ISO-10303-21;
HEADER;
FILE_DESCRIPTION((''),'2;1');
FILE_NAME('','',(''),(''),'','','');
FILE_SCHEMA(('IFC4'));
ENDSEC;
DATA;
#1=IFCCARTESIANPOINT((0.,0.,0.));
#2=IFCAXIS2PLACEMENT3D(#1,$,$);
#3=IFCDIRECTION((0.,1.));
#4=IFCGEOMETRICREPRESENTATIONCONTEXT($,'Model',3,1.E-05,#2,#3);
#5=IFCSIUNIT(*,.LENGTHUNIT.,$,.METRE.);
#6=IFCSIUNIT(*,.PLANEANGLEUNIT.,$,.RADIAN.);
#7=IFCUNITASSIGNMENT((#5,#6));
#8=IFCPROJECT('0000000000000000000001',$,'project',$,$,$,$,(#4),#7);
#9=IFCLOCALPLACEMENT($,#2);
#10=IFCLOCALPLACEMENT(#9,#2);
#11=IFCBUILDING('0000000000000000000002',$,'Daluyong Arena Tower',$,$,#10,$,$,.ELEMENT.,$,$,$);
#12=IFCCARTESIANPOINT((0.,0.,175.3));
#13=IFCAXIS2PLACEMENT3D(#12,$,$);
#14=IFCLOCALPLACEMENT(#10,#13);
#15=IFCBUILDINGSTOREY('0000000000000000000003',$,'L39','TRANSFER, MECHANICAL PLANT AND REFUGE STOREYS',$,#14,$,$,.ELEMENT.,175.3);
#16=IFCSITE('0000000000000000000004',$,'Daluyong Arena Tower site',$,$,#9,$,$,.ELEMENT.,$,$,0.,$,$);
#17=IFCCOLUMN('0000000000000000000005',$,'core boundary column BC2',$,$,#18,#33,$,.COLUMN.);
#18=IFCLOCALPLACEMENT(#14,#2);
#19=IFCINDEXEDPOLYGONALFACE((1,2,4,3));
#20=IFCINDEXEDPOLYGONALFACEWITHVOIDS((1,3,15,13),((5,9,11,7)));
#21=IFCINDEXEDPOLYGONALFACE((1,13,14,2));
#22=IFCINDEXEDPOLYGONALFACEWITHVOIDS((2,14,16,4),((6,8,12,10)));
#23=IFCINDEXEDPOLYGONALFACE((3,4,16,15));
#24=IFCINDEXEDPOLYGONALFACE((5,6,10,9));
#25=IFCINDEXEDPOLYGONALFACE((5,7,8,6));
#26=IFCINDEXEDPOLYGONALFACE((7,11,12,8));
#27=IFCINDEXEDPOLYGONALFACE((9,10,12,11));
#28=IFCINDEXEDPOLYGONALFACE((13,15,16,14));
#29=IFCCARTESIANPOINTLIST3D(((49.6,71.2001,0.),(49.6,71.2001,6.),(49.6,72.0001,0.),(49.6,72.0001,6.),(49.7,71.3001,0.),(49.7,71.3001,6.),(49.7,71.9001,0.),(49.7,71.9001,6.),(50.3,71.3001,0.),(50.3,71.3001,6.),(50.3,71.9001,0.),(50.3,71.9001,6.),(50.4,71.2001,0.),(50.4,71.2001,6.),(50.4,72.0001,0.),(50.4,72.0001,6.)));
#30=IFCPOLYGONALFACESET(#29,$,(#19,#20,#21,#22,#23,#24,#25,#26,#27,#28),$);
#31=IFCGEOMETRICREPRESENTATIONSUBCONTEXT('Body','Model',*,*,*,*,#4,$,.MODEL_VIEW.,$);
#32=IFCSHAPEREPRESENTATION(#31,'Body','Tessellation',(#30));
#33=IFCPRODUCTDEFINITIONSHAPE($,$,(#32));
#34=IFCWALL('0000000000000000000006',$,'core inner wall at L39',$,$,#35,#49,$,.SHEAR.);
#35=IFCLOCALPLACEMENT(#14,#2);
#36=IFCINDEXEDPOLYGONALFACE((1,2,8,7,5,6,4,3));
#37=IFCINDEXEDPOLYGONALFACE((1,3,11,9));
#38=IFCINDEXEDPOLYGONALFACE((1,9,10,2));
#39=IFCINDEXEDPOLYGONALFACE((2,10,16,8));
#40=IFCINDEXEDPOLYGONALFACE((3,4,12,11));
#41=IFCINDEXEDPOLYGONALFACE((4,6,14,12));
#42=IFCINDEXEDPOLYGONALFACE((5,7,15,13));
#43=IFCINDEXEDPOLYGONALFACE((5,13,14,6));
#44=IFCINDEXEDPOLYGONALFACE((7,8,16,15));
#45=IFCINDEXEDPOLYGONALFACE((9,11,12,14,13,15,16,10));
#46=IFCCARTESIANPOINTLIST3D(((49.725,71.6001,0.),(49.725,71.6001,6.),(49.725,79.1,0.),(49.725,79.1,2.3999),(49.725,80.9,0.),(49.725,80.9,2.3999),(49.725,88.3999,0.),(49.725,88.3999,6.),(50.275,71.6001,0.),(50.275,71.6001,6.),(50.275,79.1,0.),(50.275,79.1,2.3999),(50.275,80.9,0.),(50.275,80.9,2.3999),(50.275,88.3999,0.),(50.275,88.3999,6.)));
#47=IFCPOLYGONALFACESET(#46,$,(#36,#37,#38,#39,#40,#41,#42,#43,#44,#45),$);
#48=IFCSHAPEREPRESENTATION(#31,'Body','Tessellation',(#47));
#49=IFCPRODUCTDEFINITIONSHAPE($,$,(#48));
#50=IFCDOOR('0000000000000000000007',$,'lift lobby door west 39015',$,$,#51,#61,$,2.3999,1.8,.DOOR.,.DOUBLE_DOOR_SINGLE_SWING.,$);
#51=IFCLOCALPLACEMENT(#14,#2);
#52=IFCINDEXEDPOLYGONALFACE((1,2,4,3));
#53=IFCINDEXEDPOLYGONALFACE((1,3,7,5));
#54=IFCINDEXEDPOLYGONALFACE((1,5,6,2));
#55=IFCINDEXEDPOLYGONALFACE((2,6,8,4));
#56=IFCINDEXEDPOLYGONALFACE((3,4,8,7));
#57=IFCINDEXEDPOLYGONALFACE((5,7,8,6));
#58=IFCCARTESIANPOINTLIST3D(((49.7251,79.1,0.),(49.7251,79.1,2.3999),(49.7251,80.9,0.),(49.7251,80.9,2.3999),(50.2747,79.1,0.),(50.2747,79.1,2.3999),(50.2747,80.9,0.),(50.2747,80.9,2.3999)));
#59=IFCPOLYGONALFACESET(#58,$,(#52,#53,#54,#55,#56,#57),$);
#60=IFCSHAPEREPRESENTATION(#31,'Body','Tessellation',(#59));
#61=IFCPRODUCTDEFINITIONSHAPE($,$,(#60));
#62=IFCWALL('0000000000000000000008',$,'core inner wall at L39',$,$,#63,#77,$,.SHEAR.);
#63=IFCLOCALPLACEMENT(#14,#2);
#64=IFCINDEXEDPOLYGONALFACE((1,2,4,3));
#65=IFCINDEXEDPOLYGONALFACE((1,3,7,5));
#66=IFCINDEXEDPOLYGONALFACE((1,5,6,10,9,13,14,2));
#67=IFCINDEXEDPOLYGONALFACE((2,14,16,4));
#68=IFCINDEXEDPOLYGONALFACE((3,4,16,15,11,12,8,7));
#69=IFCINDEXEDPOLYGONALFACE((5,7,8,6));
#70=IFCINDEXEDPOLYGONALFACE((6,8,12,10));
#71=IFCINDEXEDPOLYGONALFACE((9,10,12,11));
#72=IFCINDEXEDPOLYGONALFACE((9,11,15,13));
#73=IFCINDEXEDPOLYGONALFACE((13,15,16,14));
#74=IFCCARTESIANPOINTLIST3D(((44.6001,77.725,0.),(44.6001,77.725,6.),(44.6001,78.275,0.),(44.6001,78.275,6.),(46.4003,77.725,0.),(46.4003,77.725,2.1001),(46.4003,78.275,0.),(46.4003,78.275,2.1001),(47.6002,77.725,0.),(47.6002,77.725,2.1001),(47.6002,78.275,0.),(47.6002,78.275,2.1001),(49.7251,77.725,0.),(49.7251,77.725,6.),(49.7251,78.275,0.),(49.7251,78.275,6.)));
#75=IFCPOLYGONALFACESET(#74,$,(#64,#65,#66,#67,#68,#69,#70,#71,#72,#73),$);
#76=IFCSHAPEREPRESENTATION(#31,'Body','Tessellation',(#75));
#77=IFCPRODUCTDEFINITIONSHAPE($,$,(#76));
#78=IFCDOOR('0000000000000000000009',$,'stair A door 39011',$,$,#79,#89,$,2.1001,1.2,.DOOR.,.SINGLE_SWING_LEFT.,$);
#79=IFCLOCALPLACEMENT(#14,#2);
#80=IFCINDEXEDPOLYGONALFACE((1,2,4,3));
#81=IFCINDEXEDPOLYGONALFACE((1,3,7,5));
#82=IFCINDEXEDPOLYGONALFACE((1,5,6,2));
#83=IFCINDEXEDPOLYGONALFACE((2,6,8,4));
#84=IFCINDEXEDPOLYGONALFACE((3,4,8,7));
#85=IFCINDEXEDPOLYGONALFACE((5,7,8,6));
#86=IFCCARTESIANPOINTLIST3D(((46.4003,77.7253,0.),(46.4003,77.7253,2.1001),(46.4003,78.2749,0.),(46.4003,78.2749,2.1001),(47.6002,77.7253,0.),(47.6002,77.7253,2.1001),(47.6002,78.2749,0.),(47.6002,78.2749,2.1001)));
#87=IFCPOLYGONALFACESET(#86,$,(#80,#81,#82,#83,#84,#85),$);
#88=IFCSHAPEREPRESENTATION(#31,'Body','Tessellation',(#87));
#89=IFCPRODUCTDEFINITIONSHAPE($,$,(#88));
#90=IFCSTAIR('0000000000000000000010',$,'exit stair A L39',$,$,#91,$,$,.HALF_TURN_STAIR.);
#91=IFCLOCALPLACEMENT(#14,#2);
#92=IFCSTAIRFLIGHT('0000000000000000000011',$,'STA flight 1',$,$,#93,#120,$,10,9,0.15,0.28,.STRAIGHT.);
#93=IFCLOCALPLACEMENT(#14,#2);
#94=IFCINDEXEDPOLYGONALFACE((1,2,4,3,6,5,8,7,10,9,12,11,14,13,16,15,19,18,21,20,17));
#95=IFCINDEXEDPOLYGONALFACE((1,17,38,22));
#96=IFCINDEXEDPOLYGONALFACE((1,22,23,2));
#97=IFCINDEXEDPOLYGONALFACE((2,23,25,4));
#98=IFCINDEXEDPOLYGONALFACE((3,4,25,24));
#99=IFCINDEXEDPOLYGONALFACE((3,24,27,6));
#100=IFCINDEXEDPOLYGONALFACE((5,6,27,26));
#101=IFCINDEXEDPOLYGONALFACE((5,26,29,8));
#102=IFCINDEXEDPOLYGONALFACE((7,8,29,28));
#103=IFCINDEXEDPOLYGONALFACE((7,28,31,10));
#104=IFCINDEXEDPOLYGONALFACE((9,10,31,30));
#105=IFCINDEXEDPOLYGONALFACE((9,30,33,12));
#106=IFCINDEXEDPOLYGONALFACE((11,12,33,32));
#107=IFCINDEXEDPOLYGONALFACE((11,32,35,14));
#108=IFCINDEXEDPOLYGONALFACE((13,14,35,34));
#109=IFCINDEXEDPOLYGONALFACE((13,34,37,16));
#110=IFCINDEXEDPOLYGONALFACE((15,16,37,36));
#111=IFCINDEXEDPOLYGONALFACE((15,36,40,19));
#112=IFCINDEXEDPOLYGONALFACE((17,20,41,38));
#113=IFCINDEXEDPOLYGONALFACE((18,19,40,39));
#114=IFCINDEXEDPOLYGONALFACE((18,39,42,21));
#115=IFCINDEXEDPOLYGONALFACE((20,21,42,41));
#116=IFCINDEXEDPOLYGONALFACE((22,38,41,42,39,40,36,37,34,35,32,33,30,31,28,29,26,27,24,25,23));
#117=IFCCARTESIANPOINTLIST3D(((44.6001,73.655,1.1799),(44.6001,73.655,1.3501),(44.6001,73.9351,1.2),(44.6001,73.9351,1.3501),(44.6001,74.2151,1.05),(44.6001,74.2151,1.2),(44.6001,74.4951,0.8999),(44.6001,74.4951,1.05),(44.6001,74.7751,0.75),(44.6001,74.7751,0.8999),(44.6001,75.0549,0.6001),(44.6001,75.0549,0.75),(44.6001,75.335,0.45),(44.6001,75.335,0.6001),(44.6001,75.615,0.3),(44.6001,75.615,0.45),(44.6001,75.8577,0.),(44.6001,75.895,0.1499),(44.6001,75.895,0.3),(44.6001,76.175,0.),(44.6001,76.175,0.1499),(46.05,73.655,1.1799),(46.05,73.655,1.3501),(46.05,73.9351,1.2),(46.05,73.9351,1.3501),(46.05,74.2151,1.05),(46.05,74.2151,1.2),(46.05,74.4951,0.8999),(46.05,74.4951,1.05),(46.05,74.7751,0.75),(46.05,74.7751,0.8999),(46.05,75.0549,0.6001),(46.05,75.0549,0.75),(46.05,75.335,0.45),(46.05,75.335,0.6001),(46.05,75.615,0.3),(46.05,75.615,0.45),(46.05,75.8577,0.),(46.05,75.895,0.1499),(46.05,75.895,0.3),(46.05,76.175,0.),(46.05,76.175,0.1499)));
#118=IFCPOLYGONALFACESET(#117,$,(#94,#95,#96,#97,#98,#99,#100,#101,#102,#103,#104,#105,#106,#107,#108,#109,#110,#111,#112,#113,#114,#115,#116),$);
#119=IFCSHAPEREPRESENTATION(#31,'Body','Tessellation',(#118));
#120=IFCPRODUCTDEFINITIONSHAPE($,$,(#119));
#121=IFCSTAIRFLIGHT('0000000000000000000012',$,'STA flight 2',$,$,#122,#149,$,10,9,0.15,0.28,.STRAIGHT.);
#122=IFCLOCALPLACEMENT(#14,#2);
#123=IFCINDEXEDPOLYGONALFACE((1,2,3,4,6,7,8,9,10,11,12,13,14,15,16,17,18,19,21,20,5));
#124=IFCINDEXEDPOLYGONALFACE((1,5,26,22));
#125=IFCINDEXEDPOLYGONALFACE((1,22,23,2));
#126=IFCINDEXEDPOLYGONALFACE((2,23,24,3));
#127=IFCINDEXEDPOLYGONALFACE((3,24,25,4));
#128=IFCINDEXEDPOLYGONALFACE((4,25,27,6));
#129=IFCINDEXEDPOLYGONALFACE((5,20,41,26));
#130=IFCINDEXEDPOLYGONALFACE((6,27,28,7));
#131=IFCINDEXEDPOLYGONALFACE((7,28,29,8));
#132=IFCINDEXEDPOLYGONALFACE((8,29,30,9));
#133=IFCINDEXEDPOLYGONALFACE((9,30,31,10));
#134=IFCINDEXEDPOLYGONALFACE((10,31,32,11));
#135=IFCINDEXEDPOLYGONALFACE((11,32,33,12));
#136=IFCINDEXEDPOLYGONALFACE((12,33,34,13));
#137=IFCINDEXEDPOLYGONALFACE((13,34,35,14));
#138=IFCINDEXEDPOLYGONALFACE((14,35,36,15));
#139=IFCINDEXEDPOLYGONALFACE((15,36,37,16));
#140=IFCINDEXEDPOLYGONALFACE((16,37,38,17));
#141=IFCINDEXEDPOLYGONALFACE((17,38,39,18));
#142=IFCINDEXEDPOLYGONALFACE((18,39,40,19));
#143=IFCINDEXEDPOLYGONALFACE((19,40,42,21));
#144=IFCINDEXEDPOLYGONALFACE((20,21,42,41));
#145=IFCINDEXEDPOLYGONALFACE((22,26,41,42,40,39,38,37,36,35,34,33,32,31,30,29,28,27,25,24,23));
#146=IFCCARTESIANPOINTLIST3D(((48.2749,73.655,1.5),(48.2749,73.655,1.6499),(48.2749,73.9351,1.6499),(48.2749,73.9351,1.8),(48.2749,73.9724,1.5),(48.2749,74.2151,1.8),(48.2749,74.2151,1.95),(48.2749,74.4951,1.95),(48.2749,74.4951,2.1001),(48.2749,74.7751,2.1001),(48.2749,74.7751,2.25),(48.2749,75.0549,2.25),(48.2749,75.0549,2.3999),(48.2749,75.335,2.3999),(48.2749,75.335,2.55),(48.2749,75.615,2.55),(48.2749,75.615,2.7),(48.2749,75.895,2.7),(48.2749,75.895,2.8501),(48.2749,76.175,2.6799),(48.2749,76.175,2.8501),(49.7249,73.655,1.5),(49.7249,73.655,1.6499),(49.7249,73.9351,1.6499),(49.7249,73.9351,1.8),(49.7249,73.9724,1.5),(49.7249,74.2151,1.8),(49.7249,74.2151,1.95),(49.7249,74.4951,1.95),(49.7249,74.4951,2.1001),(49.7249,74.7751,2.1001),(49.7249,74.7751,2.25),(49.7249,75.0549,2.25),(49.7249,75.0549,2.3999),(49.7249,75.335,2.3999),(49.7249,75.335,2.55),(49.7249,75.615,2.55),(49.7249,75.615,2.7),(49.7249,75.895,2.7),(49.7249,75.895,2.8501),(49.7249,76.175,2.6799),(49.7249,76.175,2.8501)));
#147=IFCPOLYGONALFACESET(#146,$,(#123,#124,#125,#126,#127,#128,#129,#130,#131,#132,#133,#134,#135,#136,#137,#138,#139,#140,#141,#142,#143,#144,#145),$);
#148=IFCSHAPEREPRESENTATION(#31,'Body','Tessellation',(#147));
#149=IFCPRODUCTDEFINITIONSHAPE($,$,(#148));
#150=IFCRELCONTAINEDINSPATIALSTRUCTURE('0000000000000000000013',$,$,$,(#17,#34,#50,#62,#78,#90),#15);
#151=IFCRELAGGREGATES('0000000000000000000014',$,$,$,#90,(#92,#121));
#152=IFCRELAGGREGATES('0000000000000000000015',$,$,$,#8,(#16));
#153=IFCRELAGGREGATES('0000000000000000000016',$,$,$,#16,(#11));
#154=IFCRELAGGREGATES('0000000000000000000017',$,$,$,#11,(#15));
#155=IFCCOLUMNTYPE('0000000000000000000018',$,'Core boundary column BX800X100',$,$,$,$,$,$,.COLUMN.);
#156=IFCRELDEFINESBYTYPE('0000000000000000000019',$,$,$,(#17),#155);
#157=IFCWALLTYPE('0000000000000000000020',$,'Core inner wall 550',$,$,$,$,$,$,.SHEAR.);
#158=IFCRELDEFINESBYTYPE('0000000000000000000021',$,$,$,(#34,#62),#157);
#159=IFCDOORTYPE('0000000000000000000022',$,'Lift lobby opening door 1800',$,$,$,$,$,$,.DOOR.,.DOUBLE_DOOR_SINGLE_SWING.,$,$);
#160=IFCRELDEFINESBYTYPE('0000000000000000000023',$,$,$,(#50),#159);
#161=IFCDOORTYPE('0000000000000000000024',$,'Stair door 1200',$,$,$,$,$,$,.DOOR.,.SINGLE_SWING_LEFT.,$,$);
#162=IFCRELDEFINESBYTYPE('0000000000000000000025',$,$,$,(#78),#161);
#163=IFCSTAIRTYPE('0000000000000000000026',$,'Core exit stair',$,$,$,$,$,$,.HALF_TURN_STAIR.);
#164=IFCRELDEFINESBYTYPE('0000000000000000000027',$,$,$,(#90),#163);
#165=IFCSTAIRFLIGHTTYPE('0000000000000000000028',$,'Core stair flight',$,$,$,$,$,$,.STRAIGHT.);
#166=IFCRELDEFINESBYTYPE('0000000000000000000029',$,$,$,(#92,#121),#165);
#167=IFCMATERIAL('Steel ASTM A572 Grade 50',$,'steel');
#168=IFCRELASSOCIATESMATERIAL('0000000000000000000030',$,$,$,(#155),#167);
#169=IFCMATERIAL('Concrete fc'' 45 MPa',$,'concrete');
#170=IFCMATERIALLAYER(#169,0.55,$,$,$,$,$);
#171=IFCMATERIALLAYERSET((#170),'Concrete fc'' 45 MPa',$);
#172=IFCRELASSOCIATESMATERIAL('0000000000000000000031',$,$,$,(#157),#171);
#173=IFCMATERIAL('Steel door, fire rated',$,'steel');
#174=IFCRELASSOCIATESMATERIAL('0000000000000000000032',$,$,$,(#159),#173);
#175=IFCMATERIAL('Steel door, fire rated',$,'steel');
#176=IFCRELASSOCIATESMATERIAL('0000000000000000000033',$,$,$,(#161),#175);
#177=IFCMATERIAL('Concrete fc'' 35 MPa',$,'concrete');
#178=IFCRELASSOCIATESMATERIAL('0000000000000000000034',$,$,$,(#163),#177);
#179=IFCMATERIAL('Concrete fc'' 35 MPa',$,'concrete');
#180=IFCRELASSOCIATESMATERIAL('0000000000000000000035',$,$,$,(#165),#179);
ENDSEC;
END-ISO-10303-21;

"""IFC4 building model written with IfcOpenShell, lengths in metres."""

from ifc_helpers import new_model, si_unit, direction, frame, frame_2d, origin, origin_2d, place, context, subcontext, project, spatial, polyline, rectangle, hollow_rectangle, outline, extrude, material, layer, layer_set, material_profile, profile_set, type_object, element, fill, aggregate, save


model = new_model("IFC4")

# Units and contexts
model_context = context("Model", 3, precision=1e-05, world=origin(), true_north=direction((0.0, 1.0)))
body_context = subcontext(model_context, "Body", "Model", "MODEL_VIEW")
ifc_project = project(units=[si_unit("LENGTHUNIT", "METRE"), si_unit("PLANEANGLEUNIT", "RADIAN")], contexts=[model_context])

# Site, building, storey
site_placement = place(None, origin())
site = spatial("IfcSite", under=ifc_project, at=site_placement, Name="Daluyong Arena Tower site", CompositionType="ELEMENT", RefElevation=0.0)
building_placement = place(site_placement, origin())
building = spatial("IfcBuilding", under=site, at=building_placement, Name="Daluyong Arena Tower", CompositionType="ELEMENT")
storey_placement = place(building_placement, frame((0.0, 0.0, 175.3)))
storey = spatial("IfcBuildingStorey", under=building, at=storey_placement, Name="L39", Description="TRANSFER, MECHANICAL PLANT AND REFUGE STOREYS", CompositionType="ELEMENT", Elevation=175.3)

# Column
ifc_material_1 = material(Name="Steel ASTM A572 Grade 50", Category="steel")
ifc_material_profile = material_profile(ifc_material_1, hollow_rectangle(XDim=0.8, YDim=0.8, WallThickness=0.1, at=origin_2d()))
ifc_profile_set = profile_set([ifc_material_profile], Name="Steel ASTM A572 Grade 50")
column_type = type_object("IfcColumnType", Name="Core boundary column BX800X100", PredefinedType="COLUMN", material=ifc_profile_set)
column_placement = place(storey_placement, frame((50.0, 71.6001, 0.0), z_axis=(0.0, 0.0, 1.0), x_axis=(1.0, 0.0, 0.0)))
element("IfcColumn", 1, at=column_placement, inside=storey, type_object=column_type, Name="core boundary column BC2", PredefinedType="COLUMN", context=body_context, shape_type="SweptSolid", body=[
    extrude(hollow_rectangle(XDim=0.8, YDim=0.8, WallThickness=0.1, at=origin_2d()), origin(), (0.0, 0.0, 1.0), 6.0),
])

# Walls, openings, doors
ifc_material_2 = material(Name="Concrete fc' 45 MPa", Category="concrete")
ifc_layer = layer(ifc_material_2, 0.55)
ifc_layer_set = layer_set([ifc_layer], Name="Concrete fc' 45 MPa")
wall_type = type_object("IfcWallType", Name="Core inner wall 550", PredefinedType="SHEAR", material=ifc_layer_set)
wall_1_placement = place(storey_placement, frame((50.0, 71.6001, 0.0), z_axis=(0.0, 0.0, 1.0), x_axis=(0.0, 1.0, 0.0)))
wall_1 = element("IfcWall", 2, at=wall_1_placement, inside=storey, type_object=wall_type, Name="core inner wall at L39", PredefinedType="SHEAR", context=body_context, shape_type="SweptSolid", body=[
    extrude(rectangle(XDim=16.7998, YDim=0.55, at=frame_2d((8.3999, 0.0))), origin(), (0.0, 0.0, 1.0), 6.0),
])
opening_1_placement = place(wall_1_placement, frame((7.5, 0.0, 0.0)))
opening_1 = element("IfcOpeningElement", 3, at=opening_1_placement, cuts=wall_1, PredefinedType="OPENING", context=body_context, shape_type="SweptSolid", body=[
    extrude(rectangle(XDim=1.8, YDim=2.3999, at=frame_2d((0.8999, 1.2))), frame((0.0, 0.2849, 0.0), z_axis=(0.0, -1.0, 0.0), x_axis=(1.0, 0.0, 0.0)), (0.0, 0.0, 1.0), 0.5701),
])
ifc_material_3 = material(Name="Steel door, fire rated", Category="steel")
door_type_1 = type_object("IfcDoorType", Name="Lift lobby opening door 1800", OperationType="DOUBLE_DOOR_SINGLE_SWING", PredefinedType="DOOR", material=ifc_material_3)
door_1_placement = place(opening_1_placement, origin())
door_1 = element("IfcDoor", 4, at=door_1_placement, inside=storey, type_object=door_type_1, Name="lift lobby door west 39015", OperationType="DOUBLE_DOOR_SINGLE_SWING", OverallHeight=2.3999, OverallWidth=1.8, PredefinedType="DOOR", context=body_context, shape_type="SweptSolid", body=[
    extrude(rectangle(XDim=1.8, YDim=2.3999, at=frame_2d((0.8999, 1.2))), frame((0.0, 0.2749, 0.0), z_axis=(0.0, -1.0, 0.0), x_axis=(1.0, 0.0, 0.0)), (0.0, 0.0, 1.0), 0.5496),
])
fill(opening_1, door_1)
wall_2_placement = place(storey_placement, frame((44.6001, 78.0, 0.0), z_axis=(0.0, 0.0, 1.0), x_axis=(1.0, 0.0, 0.0)))
wall_2 = element("IfcWall", 5, at=wall_2_placement, inside=storey, type_object=wall_type, Name="core inner wall at L39", PredefinedType="SHEAR", context=body_context, shape_type="SweptSolid", body=[
    extrude(rectangle(XDim=5.125, YDim=0.55, at=frame_2d((2.5625, 0.0))), origin(), (0.0, 0.0, 1.0), 6.0),
])
opening_2_placement = place(wall_2_placement, frame((1.8, 0.0, 0.0)))
opening_2 = element("IfcOpeningElement", 6, at=opening_2_placement, cuts=wall_2, PredefinedType="OPENING", context=body_context, shape_type="SweptSolid", body=[
    extrude(rectangle(XDim=1.2, YDim=2.1001, at=frame_2d((0.6001, 1.05))), frame((0.0, 0.2849, 0.0), z_axis=(0.0, -1.0, 0.0), x_axis=(1.0, 0.0, 0.0)), (0.0, 0.0, 1.0), 0.5701),
])
ifc_material_4 = material(Name="Steel door, fire rated", Category="steel")
door_type_2 = type_object("IfcDoorType", Name="Stair door 1200", OperationType="SINGLE_SWING_LEFT", PredefinedType="DOOR", material=ifc_material_4)
door_2_placement = place(opening_2_placement, origin())
door_2 = element("IfcDoor", 7, at=door_2_placement, inside=storey, type_object=door_type_2, Name="stair A door 39011", OperationType="SINGLE_SWING_LEFT", OverallHeight=2.1001, OverallWidth=1.2, PredefinedType="DOOR", context=body_context, shape_type="SweptSolid", body=[
    extrude(rectangle(XDim=1.2, YDim=2.1001, at=frame_2d((0.6001, 1.05))), frame((0.0, 0.2749, 0.0), z_axis=(0.0, -1.0, 0.0), x_axis=(1.0, 0.0, 0.0)), (0.0, 0.0, 1.0), 0.5496),
])
fill(opening_2, door_2)

# Stair, stair flights
ifc_material_5 = material(Name="Concrete fc' 35 MPa", Category="concrete")
stair_type = type_object("IfcStairType", Name="Core exit stair", PredefinedType="HALF_TURN_STAIR", material=ifc_material_5)
stair_placement = place(storey_placement, origin())
stair = element("IfcStair", 8, at=stair_placement, inside=storey, type_object=stair_type, Name="exit stair A L39", PredefinedType="HALF_TURN_STAIR")
ifc_material_6 = material(Name="Concrete fc' 35 MPa", Category="concrete")
stair_flight_type = type_object("IfcStairFlightType", Name="Core stair flight", PredefinedType="STRAIGHT", material=ifc_material_6)
stair_flight_1_placement = place(storey_placement, frame((45.325, 76.175, 0.0), z_axis=(0.0, 0.0, 1.0), x_axis=(0.0, -1.0, 0.0)))
stair_flight_1 = element("IfcStairFlight", 9, at=stair_flight_1_placement, type_object=stair_flight_type, Name="STA flight 1", NumberOfRisers=10, NumberOfTreads=9, PredefinedType="STRAIGHT", RiserHeight=0.15, TreadLength=0.28, context=body_context, shape_type="SweptSolid", body=[
    extrude(outline(polyline([(0.0, 0.0), (0.0, 0.1499), (0.28, 0.1499), (0.28, 0.3), (0.5601, 0.3), (0.5601, 0.45), (0.8401, 0.45), (0.8401, 0.6001), (1.1201, 0.6001), (1.1201, 0.75), (1.3999, 0.75), (1.3999, 0.8999), (1.6799, 0.8999), (1.6799, 1.05), (1.96, 1.05), (1.96, 1.2), (2.24, 1.2), (2.24, 1.3501), (2.52, 1.3501), (2.52, 1.5), (2.52, 1.1799), (0.3174, 0.0), (0.0, 0.0)])), frame((0.0, 0.7251, 0.0), z_axis=(0.0, -1.0, 0.0), x_axis=(1.0, 0.0, 0.0)), (0.0, 0.0, 1.0), 1.45),
])
stair_flight_2_placement = place(storey_placement, frame((49.0, 73.655, 1.5), z_axis=(0.0, 0.0, 1.0), x_axis=(0.0, 1.0, 0.0)))
stair_flight_2 = element("IfcStairFlight", 10, at=stair_flight_2_placement, type_object=stair_flight_type, Name="STA flight 2", NumberOfRisers=10, NumberOfTreads=9, PredefinedType="STRAIGHT", RiserHeight=0.15, TreadLength=0.28, context=body_context, shape_type="SweptSolid", body=[
    extrude(outline(polyline([(0.0, 0.0), (0.0, 0.1499), (0.28, 0.1499), (0.28, 0.3), (0.5601, 0.3), (0.5601, 0.45), (0.8401, 0.45), (0.8401, 0.6001), (1.1201, 0.6001), (1.1201, 0.75), (1.3999, 0.75), (1.3999, 0.8999), (1.6799, 0.8999), (1.6799, 1.05), (1.96, 1.05), (1.96, 1.2), (2.24, 1.2), (2.24, 1.3501), (2.52, 1.3501), (2.52, 1.5), (2.52, 1.1799), (0.3174, 0.0), (0.0, 0.0)])), frame((0.0, 0.7251, 0.0), z_axis=(0.0, -1.0, 0.0), x_axis=(1.0, 0.0, 0.0)), (0.0, 0.0, 1.0), 1.45),
])
aggregate(stair, [stair_flight_1, stair_flight_2])

save(model, "model.ifc")
